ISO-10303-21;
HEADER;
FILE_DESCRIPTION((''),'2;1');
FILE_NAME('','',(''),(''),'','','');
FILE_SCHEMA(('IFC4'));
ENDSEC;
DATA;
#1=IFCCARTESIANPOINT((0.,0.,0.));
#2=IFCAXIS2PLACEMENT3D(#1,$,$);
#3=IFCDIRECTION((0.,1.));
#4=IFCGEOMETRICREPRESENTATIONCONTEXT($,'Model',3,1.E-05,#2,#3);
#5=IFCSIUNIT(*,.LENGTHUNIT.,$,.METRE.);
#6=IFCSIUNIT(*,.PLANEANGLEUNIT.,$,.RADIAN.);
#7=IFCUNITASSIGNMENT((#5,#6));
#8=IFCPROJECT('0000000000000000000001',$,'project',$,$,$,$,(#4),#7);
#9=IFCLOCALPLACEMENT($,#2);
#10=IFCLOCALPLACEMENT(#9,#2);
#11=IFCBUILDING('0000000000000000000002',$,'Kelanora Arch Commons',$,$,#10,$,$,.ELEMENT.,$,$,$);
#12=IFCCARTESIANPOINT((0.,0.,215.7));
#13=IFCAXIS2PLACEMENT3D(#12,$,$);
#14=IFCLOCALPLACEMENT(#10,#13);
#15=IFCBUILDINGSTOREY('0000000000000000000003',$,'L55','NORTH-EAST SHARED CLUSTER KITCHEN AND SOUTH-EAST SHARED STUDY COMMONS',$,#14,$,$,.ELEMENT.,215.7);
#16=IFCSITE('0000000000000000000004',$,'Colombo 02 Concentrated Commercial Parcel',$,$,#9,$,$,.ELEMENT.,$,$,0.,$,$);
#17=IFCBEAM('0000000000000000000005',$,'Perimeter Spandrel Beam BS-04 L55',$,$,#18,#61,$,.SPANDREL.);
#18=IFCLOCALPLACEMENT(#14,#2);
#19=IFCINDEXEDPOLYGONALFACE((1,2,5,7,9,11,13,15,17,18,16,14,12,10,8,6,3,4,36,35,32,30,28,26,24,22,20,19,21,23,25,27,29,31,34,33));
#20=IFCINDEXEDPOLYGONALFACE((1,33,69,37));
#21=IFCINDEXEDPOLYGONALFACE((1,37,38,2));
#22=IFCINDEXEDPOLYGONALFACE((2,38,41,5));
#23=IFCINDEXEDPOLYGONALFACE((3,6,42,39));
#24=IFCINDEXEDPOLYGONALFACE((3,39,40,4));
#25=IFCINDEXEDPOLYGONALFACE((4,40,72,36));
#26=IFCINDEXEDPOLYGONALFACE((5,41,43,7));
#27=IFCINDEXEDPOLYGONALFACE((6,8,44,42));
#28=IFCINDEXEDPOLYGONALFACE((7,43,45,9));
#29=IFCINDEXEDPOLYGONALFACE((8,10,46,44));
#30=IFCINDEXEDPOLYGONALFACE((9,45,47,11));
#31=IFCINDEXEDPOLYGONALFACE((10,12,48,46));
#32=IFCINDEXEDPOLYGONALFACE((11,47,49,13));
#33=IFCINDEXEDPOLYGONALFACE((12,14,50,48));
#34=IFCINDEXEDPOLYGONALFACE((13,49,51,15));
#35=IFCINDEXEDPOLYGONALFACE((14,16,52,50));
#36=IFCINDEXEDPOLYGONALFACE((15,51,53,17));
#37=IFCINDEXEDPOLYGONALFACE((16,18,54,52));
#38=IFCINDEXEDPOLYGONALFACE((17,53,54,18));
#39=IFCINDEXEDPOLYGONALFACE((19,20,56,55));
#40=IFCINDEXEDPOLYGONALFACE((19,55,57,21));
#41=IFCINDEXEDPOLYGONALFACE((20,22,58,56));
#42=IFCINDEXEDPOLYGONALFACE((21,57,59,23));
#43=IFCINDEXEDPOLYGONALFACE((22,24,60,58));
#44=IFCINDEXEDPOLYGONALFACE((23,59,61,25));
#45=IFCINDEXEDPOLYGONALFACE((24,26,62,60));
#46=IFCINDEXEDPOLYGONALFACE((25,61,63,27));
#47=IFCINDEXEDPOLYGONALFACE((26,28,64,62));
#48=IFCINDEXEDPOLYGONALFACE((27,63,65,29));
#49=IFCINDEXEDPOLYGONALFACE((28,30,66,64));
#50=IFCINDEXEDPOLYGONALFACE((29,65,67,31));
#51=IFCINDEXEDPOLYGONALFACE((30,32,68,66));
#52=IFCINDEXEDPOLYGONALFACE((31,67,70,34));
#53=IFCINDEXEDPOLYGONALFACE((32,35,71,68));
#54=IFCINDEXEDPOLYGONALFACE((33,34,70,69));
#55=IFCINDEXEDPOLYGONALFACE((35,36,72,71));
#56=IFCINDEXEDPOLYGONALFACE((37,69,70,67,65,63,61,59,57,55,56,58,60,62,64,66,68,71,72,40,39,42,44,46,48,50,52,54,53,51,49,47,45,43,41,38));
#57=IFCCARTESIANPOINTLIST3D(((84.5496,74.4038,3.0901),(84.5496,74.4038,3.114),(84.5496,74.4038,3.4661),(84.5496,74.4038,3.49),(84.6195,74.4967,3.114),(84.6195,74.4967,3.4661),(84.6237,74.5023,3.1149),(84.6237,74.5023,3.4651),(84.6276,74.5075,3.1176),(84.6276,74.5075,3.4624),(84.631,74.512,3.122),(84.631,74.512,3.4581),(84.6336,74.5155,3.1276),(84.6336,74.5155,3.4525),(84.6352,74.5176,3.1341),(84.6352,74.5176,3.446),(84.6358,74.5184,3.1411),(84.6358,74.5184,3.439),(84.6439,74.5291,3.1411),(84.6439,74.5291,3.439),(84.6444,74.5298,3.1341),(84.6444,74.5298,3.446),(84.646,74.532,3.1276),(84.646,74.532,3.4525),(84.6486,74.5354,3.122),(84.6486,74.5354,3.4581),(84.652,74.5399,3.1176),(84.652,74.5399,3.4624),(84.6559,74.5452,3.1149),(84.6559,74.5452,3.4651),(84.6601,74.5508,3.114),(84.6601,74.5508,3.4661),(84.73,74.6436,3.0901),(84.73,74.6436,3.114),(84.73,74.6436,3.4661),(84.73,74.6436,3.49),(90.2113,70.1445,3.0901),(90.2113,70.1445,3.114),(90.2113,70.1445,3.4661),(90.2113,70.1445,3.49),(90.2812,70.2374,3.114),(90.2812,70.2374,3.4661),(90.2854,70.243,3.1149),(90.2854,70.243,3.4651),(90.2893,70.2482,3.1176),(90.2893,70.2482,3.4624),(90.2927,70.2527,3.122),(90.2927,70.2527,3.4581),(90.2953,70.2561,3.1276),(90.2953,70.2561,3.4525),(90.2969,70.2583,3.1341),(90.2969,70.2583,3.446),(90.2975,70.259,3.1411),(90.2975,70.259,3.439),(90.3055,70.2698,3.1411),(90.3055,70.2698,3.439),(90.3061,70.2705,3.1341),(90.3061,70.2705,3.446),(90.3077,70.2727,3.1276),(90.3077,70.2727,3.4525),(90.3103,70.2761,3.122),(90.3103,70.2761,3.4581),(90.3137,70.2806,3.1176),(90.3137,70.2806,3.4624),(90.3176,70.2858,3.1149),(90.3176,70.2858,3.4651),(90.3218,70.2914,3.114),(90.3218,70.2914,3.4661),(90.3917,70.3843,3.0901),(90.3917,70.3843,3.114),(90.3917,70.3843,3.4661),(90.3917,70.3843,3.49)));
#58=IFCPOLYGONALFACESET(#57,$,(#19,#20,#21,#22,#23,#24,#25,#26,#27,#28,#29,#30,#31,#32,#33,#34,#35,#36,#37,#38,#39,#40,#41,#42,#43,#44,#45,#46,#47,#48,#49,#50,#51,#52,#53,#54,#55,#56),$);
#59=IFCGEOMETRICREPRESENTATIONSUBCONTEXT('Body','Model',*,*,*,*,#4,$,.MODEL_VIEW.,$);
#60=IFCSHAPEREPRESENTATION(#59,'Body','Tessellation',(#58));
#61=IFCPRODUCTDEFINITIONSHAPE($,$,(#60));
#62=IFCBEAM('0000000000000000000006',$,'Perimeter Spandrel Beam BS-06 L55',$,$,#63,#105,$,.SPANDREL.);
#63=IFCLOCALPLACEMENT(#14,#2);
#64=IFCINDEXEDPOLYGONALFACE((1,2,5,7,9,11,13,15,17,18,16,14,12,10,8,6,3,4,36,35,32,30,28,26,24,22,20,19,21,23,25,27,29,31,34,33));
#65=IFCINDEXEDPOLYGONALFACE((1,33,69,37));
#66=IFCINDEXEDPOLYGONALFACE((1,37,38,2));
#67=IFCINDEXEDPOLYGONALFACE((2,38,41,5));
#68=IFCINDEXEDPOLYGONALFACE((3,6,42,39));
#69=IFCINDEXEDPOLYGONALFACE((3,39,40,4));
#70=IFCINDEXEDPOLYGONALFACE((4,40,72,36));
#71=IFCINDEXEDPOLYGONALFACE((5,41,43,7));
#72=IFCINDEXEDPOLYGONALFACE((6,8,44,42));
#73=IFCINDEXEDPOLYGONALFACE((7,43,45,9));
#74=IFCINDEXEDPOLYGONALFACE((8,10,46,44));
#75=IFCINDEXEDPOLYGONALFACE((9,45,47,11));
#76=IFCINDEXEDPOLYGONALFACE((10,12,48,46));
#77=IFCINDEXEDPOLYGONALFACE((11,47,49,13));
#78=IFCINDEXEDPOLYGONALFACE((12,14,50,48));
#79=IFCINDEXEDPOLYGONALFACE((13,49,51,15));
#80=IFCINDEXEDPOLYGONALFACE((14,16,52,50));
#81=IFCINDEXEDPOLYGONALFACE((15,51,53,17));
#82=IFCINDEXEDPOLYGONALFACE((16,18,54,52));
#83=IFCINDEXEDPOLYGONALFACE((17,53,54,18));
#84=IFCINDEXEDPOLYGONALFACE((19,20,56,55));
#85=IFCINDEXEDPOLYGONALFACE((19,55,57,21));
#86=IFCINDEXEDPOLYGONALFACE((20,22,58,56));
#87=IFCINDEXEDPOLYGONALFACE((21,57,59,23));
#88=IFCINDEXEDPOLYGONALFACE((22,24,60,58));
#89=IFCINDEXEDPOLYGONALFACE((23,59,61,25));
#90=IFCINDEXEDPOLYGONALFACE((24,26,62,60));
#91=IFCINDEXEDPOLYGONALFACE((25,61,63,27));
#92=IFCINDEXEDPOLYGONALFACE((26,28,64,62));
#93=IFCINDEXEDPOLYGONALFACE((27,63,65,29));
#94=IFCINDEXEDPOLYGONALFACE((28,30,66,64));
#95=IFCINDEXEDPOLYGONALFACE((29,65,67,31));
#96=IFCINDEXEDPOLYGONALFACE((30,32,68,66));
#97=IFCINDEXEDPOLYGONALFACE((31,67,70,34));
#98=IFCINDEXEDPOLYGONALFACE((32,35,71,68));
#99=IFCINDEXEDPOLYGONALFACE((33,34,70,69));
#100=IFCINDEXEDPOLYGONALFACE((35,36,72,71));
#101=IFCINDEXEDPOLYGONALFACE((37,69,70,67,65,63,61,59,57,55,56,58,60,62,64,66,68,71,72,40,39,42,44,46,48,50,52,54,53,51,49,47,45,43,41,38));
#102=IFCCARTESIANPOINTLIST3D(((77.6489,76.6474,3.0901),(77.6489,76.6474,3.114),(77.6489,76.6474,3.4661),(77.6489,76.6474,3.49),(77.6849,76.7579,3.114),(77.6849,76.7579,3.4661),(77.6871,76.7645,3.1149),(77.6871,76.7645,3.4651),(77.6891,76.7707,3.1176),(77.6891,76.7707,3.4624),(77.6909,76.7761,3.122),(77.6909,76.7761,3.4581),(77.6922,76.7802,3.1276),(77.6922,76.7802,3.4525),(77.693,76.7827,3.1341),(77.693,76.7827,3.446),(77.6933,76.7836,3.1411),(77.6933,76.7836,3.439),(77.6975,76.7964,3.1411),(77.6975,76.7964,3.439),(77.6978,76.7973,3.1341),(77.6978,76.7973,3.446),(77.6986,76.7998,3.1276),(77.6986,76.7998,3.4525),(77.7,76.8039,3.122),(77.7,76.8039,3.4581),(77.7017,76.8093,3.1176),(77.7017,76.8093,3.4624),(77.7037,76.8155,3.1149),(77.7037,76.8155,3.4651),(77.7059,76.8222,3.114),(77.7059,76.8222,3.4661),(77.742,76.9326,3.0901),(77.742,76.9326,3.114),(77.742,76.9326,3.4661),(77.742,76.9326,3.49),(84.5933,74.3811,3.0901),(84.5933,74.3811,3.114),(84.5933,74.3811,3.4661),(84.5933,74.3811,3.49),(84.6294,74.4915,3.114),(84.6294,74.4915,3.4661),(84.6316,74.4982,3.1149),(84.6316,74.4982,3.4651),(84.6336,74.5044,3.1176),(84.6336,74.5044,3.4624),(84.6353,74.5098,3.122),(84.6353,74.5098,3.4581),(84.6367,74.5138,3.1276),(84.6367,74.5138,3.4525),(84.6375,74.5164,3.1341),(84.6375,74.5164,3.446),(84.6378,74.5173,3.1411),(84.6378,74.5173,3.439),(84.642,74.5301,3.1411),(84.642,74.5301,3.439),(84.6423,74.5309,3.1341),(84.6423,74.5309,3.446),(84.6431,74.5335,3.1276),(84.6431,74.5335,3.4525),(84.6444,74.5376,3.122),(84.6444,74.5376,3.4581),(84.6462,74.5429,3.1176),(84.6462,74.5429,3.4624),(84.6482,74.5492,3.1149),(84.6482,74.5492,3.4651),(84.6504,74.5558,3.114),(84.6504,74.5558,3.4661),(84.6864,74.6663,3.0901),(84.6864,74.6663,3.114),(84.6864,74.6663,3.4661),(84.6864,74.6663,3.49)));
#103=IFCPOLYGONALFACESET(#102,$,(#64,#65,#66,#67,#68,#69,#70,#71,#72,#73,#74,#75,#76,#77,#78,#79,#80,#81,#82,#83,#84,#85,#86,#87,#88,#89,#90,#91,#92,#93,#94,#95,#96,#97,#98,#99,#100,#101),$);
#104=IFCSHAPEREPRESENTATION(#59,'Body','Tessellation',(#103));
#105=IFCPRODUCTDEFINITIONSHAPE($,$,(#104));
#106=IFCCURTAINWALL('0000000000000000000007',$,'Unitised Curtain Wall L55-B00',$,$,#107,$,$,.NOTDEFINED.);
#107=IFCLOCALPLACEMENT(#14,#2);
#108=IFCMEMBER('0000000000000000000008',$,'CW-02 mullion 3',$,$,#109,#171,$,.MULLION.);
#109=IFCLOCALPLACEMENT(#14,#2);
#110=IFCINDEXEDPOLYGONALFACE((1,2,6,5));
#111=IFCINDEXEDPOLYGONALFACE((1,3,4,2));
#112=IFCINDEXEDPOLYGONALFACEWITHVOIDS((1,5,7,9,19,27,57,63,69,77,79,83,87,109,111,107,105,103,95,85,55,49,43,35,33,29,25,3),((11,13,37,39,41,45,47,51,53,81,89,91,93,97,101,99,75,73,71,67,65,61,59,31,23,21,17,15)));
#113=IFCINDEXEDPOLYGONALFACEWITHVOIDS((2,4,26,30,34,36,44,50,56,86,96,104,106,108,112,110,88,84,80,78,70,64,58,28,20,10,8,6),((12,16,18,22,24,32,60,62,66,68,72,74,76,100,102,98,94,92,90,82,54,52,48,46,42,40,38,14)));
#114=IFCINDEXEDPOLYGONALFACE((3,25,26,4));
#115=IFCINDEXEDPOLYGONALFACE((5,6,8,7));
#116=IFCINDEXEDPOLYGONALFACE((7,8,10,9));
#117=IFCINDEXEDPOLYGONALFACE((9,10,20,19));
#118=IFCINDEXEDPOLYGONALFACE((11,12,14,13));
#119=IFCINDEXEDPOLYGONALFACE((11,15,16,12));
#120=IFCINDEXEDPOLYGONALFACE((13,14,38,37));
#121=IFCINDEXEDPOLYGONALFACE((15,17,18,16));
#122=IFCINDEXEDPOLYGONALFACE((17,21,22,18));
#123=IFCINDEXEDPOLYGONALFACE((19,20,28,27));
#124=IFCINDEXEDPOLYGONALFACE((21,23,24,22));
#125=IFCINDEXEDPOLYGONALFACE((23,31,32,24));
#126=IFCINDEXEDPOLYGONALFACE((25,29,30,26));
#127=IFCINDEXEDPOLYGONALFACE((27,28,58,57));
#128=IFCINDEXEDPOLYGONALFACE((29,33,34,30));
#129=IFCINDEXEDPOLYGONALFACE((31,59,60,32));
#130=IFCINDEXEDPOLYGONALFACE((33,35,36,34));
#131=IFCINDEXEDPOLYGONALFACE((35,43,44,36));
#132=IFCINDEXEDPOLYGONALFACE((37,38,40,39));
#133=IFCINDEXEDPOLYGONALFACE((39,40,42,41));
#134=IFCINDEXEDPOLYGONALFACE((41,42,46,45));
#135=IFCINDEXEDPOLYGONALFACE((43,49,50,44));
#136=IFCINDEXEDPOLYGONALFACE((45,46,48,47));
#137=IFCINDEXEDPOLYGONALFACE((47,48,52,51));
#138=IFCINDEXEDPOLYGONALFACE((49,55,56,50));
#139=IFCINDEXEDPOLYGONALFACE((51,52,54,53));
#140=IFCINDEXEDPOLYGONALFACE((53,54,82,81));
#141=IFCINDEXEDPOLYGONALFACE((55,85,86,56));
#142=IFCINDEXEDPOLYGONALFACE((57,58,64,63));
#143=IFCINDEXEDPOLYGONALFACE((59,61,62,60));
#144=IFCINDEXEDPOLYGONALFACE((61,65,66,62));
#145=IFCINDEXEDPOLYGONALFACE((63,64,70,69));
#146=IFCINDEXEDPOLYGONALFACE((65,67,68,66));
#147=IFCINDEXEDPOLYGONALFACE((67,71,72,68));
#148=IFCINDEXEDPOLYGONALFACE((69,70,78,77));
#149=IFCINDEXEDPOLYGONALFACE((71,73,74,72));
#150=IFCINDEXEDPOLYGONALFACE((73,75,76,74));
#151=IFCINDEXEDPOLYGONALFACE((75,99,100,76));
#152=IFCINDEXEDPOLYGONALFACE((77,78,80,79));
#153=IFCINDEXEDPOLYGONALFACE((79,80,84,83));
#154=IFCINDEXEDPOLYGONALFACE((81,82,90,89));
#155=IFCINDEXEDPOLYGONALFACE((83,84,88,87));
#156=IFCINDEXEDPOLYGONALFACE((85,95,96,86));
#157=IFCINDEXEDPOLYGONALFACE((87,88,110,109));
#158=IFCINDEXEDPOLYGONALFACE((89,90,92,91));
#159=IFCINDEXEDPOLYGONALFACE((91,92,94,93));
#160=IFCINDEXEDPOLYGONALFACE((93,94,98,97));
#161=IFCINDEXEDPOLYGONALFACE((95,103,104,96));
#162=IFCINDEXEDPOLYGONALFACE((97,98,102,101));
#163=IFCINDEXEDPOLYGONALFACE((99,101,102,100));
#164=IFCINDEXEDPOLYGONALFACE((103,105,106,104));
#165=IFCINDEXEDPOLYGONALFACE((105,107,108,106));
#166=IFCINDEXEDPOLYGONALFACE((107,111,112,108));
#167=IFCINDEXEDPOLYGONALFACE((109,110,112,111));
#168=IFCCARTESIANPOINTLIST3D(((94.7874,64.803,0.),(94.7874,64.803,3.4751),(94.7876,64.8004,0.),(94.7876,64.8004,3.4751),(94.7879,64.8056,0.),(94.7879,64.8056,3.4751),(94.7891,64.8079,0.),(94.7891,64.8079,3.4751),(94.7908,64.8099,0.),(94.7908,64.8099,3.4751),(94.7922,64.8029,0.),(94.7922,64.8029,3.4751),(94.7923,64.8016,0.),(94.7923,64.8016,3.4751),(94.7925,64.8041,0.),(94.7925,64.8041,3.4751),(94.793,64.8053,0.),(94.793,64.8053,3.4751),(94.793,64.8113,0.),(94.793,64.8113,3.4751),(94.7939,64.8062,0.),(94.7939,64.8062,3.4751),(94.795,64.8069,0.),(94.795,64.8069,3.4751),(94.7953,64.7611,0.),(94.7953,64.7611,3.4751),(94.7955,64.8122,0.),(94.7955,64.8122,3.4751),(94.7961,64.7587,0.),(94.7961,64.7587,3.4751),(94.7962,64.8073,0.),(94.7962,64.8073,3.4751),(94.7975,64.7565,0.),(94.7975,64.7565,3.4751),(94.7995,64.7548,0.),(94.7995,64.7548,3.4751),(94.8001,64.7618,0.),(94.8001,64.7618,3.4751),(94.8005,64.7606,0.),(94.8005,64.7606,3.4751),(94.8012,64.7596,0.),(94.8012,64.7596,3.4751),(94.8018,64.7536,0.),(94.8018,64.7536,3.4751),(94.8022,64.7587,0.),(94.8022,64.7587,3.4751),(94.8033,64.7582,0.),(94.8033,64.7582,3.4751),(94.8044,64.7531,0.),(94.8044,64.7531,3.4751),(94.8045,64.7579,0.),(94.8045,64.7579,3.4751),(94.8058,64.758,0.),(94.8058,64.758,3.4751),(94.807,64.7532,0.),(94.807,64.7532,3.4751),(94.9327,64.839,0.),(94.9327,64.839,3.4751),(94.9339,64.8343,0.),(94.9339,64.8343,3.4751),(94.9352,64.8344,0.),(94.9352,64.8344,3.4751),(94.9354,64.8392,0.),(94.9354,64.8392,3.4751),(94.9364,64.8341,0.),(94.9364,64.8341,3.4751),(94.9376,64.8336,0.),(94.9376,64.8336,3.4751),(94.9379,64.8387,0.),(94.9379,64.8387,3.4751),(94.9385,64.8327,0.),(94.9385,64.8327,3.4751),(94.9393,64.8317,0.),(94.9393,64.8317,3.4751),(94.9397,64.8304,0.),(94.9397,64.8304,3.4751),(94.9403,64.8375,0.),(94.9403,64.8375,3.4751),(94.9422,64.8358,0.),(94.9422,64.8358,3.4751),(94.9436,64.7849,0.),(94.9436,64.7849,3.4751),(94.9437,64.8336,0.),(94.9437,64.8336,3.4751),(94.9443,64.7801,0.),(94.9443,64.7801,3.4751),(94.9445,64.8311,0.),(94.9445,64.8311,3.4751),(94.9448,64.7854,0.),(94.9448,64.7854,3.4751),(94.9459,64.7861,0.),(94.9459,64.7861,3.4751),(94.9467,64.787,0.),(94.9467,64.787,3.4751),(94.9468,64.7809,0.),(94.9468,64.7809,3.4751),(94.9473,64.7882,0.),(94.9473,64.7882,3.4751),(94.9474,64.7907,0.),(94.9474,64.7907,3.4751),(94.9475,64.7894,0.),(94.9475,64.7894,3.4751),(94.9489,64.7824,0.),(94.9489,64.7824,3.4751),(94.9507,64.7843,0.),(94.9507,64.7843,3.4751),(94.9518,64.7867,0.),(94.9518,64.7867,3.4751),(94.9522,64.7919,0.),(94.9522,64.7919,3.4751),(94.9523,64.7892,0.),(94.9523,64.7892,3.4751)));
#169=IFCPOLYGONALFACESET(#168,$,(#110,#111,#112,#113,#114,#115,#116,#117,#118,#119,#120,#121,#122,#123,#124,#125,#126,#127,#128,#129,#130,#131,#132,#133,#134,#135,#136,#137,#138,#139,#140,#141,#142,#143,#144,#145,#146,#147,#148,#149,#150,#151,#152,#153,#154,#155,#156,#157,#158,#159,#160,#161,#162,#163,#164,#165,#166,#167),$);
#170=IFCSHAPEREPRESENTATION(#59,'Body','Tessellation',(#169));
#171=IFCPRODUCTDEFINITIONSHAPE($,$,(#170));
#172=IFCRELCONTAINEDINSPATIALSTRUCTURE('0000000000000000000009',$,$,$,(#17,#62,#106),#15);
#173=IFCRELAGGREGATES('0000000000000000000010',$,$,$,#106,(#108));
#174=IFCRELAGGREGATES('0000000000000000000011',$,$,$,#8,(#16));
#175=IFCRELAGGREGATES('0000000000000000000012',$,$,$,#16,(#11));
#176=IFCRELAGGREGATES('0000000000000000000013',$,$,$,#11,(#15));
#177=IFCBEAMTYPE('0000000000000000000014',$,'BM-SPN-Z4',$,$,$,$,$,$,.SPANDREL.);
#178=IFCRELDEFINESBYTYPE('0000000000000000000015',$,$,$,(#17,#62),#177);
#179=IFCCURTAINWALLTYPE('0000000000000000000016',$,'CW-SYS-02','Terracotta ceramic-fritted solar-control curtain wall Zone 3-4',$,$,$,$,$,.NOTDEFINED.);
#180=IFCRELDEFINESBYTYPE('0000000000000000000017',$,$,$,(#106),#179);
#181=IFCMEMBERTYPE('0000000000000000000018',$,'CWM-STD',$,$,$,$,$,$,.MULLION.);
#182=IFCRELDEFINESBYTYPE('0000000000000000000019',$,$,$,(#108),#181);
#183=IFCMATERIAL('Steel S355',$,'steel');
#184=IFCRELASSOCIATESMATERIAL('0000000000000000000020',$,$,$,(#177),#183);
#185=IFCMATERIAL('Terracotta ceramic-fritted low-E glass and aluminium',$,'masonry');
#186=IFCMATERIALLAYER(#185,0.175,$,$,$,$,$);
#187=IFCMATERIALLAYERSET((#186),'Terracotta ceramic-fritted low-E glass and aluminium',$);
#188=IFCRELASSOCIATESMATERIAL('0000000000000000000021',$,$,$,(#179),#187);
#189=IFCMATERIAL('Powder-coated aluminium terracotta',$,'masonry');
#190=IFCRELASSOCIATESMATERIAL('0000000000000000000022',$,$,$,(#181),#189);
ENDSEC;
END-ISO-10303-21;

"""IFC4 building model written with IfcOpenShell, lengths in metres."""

from ifc_helpers import new_model, si_unit, direction, frame, origin, origin_2d, place, context, subcontext, project, spatial, hollow_rectangle, i_section, extrude, material, layer, layer_set, material_profile, profile_set, type_object, element, aggregate, save


model = new_model("IFC4")

# Units and contexts
model_context = context("Model", 3, precision=1e-05, world=origin(), true_north=direction((0.0, 1.0)))
body_context = subcontext(model_context, "Body", "Model", "MODEL_VIEW")
ifc_project = project(units=[si_unit("LENGTHUNIT", "METRE"), si_unit("PLANEANGLEUNIT", "RADIAN")], contexts=[model_context])

# Site, building, storey
site_placement = place(None, origin())
site = spatial("IfcSite", under=ifc_project, at=site_placement, Name="Colombo 02 Concentrated Commercial Parcel", CompositionType="ELEMENT", RefElevation=0.0)
building_placement = place(site_placement, origin())
building = spatial("IfcBuilding", under=site, at=building_placement, Name="Kelanora Arch Commons", CompositionType="ELEMENT")
storey_placement = place(building_placement, frame((0.0, 0.0, 215.7)))
storey = spatial("IfcBuildingStorey", under=building, at=storey_placement, Name="L55", Description="NORTH-EAST SHARED CLUSTER KITCHEN AND SOUTH-EAST SHARED STUDY COMMONS", CompositionType="ELEMENT", Elevation=215.7)

# Beams
ifc_material_1 = material(Name="Steel S355", Category="steel")
ifc_material_profile_1 = material_profile(ifc_material_1, i_section(OverallWidth=0.3, OverallDepth=0.3999, WebThickness=0.0134, FlangeThickness=0.0239, FilletRadius=0.0271, at=origin_2d()), Name="HEB400")
ifc_profile_set_1 = profile_set([ifc_material_profile_1], Name="Steel S355")
beam_type_1 = type_object("IfcBeamType", Name="BM-SPN-Z4", PredefinedType="SPANDREL", material=ifc_profile_set_1)
beam_1_placement = place(storey_placement, frame((90.3015, 70.2644, 3.29), z_axis=(-0.799114, 0.601179, 0.0), x_axis=(-0.601179, -0.799114, 0.0)))
element("IfcBeam", 1, at=beam_1_placement, inside=storey, type_object=beam_type_1, Name="Perimeter Spandrel Beam BS-04 L55", PredefinedType="SPANDREL", context=body_context, shape_type="SweptSolid", body=[
    extrude(i_section(OverallWidth=0.3, OverallDepth=0.3999, WebThickness=0.0134, FlangeThickness=0.0239, FilletRadius=0.0271, at=origin_2d()), origin(), (0.0, 0.0, 1.0), 7.085),
])
beam_2_placement = place(storey_placement, frame((84.6399, 74.5237, 3.29), z_axis=(-0.950656, 0.310246, 0.0), x_axis=(-0.310246, -0.950656, 0.0)))
element("IfcBeam", 2, at=beam_2_placement, inside=storey, type_object=beam_type_1, Name="Perimeter Spandrel Beam BS-06 L55", PredefinedType="SPANDREL", context=body_context, shape_type="SweptSolid", body=[
    extrude(i_section(OverallWidth=0.3, OverallDepth=0.3999, WebThickness=0.0134, FlangeThickness=0.0239, FilletRadius=0.0271, at=origin_2d()), origin(), (0.0, 0.0, 1.0), 7.3049),
])

# Curtain wall, member
ifc_material_2 = material(Name="Terracotta ceramic-fritted low-E glass and aluminium", Category="masonry")
ifc_layer_1 = layer(ifc_material_2, 0.175)
ifc_layer_set_1 = layer_set([ifc_layer_1], Name="Terracotta ceramic-fritted low-E glass and aluminium")
curtain_wall_type = type_object("IfcCurtainWallType", Name="CW-SYS-02", Description="Terracotta ceramic-fritted solar-control curtain wall Zone 3-4", PredefinedType="NOTDEFINED", material=ifc_layer_set_1)
curtain_wall_1_placement = place(storey_placement, origin())
curtain_wall_1 = element("IfcCurtainWall", 3, at=curtain_wall_1_placement, inside=storey, type_object=curtain_wall_type, Name="Unitised Curtain Wall L55-B00", PredefinedType="NOTDEFINED")
ifc_material_3 = material(Name="Powder-coated aluminium terracotta", Category="masonry")
ifc_material_profile_2 = material_profile(ifc_material_3, hollow_rectangle(XDim=0.1599, YDim=0.0601, WallThickness=0.0049, InnerFilletRadius=0.0049, OuterFilletRadius=0.01, at=origin_2d()), Name="CWM160x60")
ifc_profile_set_2 = profile_set([ifc_material_profile_2], Name="Powder-coated aluminium terracotta")
member_type_1 = type_object("IfcMemberType", Name="CWM-STD", PredefinedType="MULLION", material=ifc_profile_set_2)
member_1_placement = place(storey_placement, frame((94.8699, 64.7961, 0.0), z_axis=(0.0, 0.0, 1.0), x_axis=(-0.981381, -0.192069, 0.0)))
member_1 = element("IfcMember", 4, at=member_1_placement, type_object=member_type_1, Name="CW-02 mullion 3", PredefinedType="MULLION", context=body_context, shape_type="SweptSolid", body=[
    extrude(hollow_rectangle(XDim=0.1599, YDim=0.0601, WallThickness=0.0049, InnerFilletRadius=0.0049, OuterFilletRadius=0.01, at=origin_2d()), origin(), (0.0, 0.0, 1.0), 3.4751),
])
aggregate(curtain_wall_1, [member_1])

save(model, "model.ifc")
